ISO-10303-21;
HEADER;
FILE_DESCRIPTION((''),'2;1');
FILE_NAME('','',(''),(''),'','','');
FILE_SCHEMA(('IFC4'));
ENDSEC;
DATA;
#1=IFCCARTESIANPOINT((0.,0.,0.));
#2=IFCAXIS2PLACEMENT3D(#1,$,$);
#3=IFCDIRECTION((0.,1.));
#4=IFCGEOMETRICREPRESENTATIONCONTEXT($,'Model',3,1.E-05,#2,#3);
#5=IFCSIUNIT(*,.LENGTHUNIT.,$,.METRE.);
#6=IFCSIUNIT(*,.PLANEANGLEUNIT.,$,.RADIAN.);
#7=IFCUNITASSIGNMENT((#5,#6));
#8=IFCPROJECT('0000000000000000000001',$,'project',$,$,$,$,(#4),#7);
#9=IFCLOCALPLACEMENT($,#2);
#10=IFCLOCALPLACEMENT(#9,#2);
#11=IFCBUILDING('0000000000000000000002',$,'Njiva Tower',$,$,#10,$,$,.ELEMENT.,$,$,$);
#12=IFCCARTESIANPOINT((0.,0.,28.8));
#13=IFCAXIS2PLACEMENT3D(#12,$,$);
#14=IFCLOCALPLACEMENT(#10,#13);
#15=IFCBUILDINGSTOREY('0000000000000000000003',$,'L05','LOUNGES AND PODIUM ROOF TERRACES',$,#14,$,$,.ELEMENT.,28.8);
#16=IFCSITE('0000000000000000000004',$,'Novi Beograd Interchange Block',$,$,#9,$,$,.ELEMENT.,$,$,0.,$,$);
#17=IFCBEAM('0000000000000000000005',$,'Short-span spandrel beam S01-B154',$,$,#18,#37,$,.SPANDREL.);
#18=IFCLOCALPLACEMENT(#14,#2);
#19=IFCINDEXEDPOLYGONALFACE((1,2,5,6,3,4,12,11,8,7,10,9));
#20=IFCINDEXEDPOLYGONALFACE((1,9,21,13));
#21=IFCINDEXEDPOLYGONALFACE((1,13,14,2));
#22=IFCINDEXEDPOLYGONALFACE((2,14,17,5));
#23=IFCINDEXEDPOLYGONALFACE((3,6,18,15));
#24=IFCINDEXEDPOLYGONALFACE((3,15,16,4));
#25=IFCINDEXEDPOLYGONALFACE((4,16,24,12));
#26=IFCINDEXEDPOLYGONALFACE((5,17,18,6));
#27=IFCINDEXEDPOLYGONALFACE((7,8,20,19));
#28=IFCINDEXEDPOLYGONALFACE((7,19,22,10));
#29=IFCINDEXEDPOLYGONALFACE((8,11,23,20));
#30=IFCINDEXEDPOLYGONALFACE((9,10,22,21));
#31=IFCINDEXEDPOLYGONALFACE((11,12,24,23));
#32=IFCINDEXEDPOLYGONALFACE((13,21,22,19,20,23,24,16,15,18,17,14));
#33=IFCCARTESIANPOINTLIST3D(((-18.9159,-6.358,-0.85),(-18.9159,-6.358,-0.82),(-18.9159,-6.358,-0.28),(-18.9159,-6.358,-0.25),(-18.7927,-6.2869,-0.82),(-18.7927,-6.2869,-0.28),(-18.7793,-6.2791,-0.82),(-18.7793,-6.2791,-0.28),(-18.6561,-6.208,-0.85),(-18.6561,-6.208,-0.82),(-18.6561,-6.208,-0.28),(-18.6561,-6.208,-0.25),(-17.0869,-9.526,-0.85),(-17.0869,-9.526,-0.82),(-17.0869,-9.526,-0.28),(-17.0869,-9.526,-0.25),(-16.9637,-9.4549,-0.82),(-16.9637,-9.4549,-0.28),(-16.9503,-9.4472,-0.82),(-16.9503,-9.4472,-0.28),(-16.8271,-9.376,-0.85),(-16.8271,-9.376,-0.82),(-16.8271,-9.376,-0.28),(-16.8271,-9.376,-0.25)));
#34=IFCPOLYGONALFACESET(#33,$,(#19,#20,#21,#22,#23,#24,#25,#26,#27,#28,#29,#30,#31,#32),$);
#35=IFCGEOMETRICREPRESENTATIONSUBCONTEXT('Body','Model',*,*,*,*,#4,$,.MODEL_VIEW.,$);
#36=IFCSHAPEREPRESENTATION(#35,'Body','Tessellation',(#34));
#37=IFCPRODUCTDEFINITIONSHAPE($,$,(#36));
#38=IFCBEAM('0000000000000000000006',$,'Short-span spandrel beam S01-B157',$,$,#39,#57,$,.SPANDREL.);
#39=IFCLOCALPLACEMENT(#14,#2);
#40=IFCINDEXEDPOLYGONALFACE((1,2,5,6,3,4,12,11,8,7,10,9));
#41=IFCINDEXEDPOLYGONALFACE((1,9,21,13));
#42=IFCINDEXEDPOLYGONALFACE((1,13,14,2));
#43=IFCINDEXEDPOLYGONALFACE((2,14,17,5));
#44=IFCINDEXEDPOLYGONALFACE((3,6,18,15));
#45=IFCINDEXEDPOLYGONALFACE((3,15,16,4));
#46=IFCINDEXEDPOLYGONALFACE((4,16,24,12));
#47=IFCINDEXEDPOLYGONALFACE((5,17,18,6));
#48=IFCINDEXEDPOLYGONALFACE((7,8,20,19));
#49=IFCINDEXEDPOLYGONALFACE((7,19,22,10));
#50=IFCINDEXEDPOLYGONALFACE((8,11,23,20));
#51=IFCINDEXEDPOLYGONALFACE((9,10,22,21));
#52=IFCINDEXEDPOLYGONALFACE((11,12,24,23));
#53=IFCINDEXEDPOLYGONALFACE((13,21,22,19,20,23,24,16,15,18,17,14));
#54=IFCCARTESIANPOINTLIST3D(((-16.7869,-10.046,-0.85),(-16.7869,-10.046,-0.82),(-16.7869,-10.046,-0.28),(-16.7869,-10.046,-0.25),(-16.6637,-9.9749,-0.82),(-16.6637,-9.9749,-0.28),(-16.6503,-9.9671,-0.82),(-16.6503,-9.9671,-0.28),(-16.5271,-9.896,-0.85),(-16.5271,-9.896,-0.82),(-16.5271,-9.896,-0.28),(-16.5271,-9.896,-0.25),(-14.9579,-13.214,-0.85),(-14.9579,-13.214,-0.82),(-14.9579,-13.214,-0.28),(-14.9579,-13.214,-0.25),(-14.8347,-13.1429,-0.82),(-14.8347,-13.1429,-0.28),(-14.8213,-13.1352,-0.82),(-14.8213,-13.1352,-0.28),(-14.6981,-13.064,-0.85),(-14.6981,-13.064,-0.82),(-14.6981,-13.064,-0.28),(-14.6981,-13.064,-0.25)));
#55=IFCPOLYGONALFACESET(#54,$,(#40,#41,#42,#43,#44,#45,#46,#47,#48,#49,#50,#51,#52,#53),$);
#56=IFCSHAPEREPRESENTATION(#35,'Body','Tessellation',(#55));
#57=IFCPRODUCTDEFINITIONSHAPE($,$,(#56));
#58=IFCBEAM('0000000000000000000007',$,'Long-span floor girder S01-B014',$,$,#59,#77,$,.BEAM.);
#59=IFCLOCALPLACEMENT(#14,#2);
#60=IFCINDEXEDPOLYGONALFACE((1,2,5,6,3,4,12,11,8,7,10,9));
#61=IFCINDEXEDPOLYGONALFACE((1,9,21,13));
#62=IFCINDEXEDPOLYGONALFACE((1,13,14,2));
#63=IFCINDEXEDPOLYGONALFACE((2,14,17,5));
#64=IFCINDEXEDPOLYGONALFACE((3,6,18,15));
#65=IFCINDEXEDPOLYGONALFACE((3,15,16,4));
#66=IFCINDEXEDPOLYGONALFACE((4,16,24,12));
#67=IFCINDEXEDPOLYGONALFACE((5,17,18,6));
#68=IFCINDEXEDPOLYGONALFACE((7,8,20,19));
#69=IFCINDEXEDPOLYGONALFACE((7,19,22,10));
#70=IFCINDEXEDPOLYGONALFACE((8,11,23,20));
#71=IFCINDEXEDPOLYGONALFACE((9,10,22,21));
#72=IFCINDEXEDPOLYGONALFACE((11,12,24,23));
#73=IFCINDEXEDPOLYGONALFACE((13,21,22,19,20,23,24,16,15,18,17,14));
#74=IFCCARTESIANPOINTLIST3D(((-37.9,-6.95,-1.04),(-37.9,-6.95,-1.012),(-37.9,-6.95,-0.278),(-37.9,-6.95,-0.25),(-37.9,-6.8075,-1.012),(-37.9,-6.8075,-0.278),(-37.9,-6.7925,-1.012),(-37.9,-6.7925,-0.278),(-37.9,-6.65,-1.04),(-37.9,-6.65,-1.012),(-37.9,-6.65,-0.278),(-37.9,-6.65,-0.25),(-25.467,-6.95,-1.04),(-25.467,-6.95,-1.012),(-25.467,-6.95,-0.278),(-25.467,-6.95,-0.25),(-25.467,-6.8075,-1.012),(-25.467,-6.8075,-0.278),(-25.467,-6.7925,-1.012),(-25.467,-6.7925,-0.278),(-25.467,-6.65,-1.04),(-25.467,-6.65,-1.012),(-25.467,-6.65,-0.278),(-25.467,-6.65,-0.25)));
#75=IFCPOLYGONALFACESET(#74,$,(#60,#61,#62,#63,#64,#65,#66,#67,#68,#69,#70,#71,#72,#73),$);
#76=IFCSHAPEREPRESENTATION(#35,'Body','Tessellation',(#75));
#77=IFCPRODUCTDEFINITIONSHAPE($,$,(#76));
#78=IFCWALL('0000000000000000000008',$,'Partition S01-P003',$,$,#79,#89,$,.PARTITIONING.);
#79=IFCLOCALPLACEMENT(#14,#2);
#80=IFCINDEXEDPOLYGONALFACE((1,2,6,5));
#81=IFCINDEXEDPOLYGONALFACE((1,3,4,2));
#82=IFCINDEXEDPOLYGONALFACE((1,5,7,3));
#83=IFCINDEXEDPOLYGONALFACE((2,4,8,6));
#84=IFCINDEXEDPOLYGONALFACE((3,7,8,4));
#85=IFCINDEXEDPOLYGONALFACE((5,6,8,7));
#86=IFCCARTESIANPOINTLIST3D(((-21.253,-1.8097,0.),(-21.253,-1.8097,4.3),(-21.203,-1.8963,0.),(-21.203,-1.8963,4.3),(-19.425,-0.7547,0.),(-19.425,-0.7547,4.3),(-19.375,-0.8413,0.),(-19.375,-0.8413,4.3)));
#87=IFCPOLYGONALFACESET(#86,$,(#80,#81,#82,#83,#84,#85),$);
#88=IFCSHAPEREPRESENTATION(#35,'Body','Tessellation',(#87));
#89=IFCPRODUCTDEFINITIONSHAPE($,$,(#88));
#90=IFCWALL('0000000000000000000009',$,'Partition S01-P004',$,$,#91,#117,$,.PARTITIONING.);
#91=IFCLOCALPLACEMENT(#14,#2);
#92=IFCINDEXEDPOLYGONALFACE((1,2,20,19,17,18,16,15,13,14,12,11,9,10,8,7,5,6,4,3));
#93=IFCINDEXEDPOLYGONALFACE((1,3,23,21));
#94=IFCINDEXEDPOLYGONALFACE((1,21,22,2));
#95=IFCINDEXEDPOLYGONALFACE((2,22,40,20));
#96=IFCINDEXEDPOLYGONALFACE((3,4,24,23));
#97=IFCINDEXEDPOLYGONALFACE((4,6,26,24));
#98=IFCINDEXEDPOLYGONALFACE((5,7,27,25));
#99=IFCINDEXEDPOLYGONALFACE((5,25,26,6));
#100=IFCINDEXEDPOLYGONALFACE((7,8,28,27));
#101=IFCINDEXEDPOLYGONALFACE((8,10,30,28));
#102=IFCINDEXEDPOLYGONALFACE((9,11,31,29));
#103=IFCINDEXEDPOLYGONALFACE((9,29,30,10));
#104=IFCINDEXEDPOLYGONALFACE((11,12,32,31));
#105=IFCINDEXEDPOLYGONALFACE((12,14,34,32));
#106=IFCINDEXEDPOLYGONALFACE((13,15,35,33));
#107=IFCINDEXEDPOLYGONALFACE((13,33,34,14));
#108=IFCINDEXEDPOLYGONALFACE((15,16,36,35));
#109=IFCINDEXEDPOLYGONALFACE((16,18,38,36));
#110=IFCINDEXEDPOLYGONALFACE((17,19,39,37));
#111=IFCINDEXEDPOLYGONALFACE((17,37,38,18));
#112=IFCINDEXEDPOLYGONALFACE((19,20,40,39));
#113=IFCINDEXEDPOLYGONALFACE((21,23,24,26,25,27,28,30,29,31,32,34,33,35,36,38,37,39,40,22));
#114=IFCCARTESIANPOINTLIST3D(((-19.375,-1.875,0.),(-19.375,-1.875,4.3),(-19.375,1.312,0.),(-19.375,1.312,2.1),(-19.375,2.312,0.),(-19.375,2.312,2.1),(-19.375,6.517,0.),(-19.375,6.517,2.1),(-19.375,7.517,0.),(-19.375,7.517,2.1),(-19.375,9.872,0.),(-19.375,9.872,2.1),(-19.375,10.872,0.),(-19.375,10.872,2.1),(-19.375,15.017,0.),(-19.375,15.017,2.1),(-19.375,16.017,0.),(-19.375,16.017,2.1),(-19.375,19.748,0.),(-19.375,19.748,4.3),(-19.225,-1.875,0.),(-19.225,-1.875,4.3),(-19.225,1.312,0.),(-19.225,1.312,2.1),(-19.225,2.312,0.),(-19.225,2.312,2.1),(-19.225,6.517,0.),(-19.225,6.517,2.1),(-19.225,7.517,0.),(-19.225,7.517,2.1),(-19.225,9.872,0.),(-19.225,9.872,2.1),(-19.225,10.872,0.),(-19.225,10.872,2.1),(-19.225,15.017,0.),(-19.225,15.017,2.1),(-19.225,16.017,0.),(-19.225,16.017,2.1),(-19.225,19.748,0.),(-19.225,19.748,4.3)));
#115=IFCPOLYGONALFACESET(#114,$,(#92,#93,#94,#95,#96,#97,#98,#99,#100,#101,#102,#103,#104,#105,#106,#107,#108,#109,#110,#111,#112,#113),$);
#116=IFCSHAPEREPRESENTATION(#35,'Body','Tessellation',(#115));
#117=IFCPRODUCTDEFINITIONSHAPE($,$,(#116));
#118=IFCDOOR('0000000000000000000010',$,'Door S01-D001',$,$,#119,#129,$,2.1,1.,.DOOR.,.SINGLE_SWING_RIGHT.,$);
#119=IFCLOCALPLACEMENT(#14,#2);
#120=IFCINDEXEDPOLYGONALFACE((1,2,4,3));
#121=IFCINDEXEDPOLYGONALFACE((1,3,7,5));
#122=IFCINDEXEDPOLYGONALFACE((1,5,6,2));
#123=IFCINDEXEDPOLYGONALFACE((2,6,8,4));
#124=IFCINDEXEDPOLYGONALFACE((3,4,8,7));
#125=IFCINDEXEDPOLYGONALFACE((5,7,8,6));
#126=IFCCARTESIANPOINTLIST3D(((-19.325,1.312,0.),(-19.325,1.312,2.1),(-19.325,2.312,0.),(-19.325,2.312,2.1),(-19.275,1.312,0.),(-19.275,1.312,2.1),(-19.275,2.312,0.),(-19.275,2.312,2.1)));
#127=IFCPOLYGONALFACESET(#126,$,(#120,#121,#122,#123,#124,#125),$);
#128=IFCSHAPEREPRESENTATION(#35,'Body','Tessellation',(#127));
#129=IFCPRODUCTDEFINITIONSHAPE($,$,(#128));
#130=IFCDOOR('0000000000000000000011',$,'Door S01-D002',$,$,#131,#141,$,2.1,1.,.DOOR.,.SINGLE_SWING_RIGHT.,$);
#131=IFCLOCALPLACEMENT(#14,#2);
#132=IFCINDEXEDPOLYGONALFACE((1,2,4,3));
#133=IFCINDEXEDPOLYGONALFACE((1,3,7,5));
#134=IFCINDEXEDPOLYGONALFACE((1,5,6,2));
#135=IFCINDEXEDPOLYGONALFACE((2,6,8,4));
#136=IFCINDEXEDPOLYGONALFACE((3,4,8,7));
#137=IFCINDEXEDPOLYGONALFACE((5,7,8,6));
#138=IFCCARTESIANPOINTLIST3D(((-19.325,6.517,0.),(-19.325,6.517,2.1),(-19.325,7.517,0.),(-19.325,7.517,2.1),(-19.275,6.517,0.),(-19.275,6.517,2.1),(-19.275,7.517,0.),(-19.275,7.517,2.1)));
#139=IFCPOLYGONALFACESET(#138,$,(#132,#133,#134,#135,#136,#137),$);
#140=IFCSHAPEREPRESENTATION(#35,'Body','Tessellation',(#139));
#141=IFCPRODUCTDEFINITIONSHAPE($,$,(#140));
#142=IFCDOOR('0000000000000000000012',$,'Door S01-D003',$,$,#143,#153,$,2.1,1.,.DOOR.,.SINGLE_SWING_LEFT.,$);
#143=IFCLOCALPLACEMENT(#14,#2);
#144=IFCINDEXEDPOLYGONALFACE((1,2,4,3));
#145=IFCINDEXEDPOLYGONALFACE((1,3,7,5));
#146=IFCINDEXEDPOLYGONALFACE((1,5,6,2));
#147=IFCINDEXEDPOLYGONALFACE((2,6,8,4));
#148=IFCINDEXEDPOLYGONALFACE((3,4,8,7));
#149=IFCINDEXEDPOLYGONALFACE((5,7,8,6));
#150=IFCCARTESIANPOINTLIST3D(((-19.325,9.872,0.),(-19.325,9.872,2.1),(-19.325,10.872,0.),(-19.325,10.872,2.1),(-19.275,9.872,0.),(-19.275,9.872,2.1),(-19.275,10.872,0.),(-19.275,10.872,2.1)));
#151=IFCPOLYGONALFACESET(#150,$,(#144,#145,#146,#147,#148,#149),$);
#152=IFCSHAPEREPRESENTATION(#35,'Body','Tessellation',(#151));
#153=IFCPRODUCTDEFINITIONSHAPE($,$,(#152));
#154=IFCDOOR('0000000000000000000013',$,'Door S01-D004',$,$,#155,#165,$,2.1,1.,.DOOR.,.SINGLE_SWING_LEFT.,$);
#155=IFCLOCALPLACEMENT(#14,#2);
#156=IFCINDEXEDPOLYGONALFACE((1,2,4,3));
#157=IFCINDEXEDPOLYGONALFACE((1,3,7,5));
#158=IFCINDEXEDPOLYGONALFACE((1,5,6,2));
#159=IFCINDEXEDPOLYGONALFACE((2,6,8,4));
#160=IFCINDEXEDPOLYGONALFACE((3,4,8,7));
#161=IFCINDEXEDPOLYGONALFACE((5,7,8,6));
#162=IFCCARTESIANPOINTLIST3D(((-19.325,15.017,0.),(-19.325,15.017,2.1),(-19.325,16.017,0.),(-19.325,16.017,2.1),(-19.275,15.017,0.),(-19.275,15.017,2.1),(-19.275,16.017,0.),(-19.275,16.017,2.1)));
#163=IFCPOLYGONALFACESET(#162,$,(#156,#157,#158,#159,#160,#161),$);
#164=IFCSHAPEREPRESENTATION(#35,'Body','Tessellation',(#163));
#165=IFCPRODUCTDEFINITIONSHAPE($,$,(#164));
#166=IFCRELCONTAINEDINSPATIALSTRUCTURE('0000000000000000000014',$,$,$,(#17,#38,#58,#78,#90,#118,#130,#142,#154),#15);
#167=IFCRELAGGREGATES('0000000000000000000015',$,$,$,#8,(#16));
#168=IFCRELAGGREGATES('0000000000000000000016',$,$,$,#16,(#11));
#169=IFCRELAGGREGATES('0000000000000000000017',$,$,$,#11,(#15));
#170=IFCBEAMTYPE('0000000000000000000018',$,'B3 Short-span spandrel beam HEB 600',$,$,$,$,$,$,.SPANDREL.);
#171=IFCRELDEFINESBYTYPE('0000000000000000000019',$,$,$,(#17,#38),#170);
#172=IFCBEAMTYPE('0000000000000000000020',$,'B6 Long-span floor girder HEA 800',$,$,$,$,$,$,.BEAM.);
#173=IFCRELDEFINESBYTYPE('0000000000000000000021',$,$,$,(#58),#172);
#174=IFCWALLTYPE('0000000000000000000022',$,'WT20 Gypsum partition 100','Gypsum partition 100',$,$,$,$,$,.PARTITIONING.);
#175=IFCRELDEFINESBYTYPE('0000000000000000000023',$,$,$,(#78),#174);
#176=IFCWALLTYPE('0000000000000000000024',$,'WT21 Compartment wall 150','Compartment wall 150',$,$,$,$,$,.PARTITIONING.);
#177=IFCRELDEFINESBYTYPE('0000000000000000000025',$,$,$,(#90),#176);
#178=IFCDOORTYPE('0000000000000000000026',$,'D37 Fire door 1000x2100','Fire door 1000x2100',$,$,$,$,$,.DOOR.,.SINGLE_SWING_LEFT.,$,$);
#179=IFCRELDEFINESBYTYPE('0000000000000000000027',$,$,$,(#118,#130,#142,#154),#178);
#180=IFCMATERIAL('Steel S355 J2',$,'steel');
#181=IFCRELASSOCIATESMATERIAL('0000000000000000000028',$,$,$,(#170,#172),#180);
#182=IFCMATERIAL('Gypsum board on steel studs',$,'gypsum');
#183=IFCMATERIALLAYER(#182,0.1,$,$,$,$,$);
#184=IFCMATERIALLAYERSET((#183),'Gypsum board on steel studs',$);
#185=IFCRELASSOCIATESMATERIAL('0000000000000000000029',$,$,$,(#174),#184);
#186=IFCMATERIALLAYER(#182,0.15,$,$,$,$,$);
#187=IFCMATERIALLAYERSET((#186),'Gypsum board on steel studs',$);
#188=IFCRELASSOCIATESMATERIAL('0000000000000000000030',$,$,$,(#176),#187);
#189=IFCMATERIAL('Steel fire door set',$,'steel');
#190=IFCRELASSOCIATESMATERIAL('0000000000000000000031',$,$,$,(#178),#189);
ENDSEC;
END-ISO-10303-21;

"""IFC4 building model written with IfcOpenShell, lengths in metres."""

from ifc_helpers import new_model, si_unit, direction, frame, frame_2d, origin, origin_2d, place, context, subcontext, project, spatial, rectangle, i_section, extrude, material, layer, layer_set, material_profile, profile_set, type_object, element, fill, save


model = new_model("IFC4")

# Units and contexts
model_context = context("Model", 3, precision=1e-05, world=origin(), true_north=direction((0.0, 1.0)))
body_context = subcontext(model_context, "Body", "Model", "MODEL_VIEW")
ifc_project = project(units=[si_unit("LENGTHUNIT", "METRE"), si_unit("PLANEANGLEUNIT", "RADIAN")], contexts=[model_context])

# Site, building, storey
site_placement = place(None, origin())
site = spatial("IfcSite", under=ifc_project, at=site_placement, Name="Novi Beograd Interchange Block", CompositionType="ELEMENT", RefElevation=0.0)
building_placement = place(site_placement, origin())
building = spatial("IfcBuilding", under=site, at=building_placement, Name="Njiva Tower", CompositionType="ELEMENT")
storey_placement = place(building_placement, frame((0.0, 0.0, 28.8)))
storey = spatial("IfcBuildingStorey", under=building, at=storey_placement, Name="L05", Description="LOUNGES AND PODIUM ROOF TERRACES", CompositionType="ELEMENT", Elevation=28.8)

# Shared definitions
ifc_material_1 = material(Name="Steel S355 J2", Category="steel")

# Beams
ifc_material_profile_1 = material_profile(ifc_material_1, i_section(OverallWidth=0.3, OverallDepth=0.6, WebThickness=0.0155, FlangeThickness=0.03, at=origin_2d()), Name="HEB 600")
ifc_profile_set_1 = profile_set([ifc_material_profile_1], Name="Steel S355 J2")
beam_type_1 = type_object("IfcBeamType", Name="B3 Short-span spandrel beam HEB 600", PredefinedType="SPANDREL", material=ifc_profile_set_1)
for number, where, z_axis, x_axis, name in (
    (1, (-18.786, -6.283, -0.55), (0.499991, -0.866031, 0.0), (0.866031, 0.499991, 0.0), "Short-span spandrel beam S01-B154"),
    (2, (-16.657, -9.971, -0.55), (0.499991, -0.866031, 0.0), (0.866031, 0.499991, 0.0), "Short-span spandrel beam S01-B157"),
):
    element("IfcBeam", number, at=place(storey_placement, frame(where, z_axis=z_axis, x_axis=x_axis)), inside=storey, type_object=beam_type_1, Name=name, PredefinedType="SPANDREL", context=body_context, shape_type="SweptSolid", body=[
        extrude(i_section(OverallWidth=0.3, OverallDepth=0.6, WebThickness=0.0155, FlangeThickness=0.03, at=origin_2d()), origin(), (0.0, 0.0, 1.0), 3.6581),
    ])
ifc_material_profile_2 = material_profile(ifc_material_1, i_section(OverallWidth=0.3, OverallDepth=0.79, WebThickness=0.015, FlangeThickness=0.028, at=origin_2d()), Name="HEA 800")
ifc_profile_set_2 = profile_set([ifc_material_profile_2], Name="Steel S355 J2")
beam_type_2 = type_object("IfcBeamType", Name="B6 Long-span floor girder HEA 800", PredefinedType="BEAM", material=ifc_profile_set_2)
beam_1_placement = place(storey_placement, frame((-37.9, -6.8, -0.645), z_axis=(1.0, 0.0, 0.0), x_axis=(0.0, 1.0, 0.0)))
element("IfcBeam", 3, at=beam_1_placement, inside=storey, type_object=beam_type_2, Name="Long-span floor girder S01-B014", PredefinedType="BEAM", context=body_context, shape_type="SweptSolid", body=[
    extrude(i_section(OverallWidth=0.3, OverallDepth=0.79, WebThickness=0.015, FlangeThickness=0.028, at=origin_2d()), origin(), (0.0, 0.0, 1.0), 12.433),
])

# Wall
ifc_material_2 = material(Name="Gypsum board on steel studs", Category="gypsum")
ifc_layer_1 = layer(ifc_material_2, 0.1)
ifc_layer_set_1 = layer_set([ifc_layer_1], Name="Gypsum board on steel studs")
wall_type_1 = type_object("IfcWallType", Name="WT20 Gypsum partition 100", Description="Gypsum partition 100", PredefinedType="PARTITIONING", material=ifc_layer_set_1)
wall_1_placement = place(storey_placement, frame((-21.228, -1.853, 0.0), z_axis=(0.0, 0.0, 1.0), x_axis=(0.866107, 0.499859, 0.0)))
element("IfcWall", 4, at=wall_1_placement, inside=storey, type_object=wall_type_1, Name="Partition S01-P003", PredefinedType="PARTITIONING", context=body_context, shape_type="SweptSolid", body=[
    extrude(rectangle(XDim=2.1106, YDim=0.1, at=frame_2d((1.0553, 0.0))), origin(), (0.0, 0.0, 1.0), 4.3),
])

# Wall, openings, doors
ifc_layer_2 = layer(ifc_material_2, 0.15)
ifc_layer_set_2 = layer_set([ifc_layer_2], Name="Gypsum board on steel studs")
wall_type_2 = type_object("IfcWallType", Name="WT21 Compartment wall 150", Description="Compartment wall 150", PredefinedType="PARTITIONING", material=ifc_layer_set_2)
wall_2_placement = place(storey_placement, frame((-19.3, -1.875, 0.0), z_axis=(0.0, 0.0, 1.0), x_axis=(0.0, 1.0, 0.0)))
wall_2 = element("IfcWall", 5, at=wall_2_placement, inside=storey, type_object=wall_type_2, Name="Partition S01-P004", PredefinedType="PARTITIONING", context=body_context, shape_type="SweptSolid", body=[
    extrude(rectangle(XDim=21.623, YDim=0.15, at=frame_2d((10.8115, 0.0))), origin(), (0.0, 0.0, 1.0), 4.3),
])
opening_1_placement = place(wall_2_placement, frame((3.187, 0.0, 0.0)))
opening_1 = element("IfcOpeningElement", 6, at=opening_1_placement, cuts=wall_2, PredefinedType="OPENING", context=body_context, shape_type="SweptSolid", body=[
    extrude(rectangle(XDim=1.0, YDim=2.1, at=frame_2d((0.5, 1.05))), frame((0.0, 0.085, 0.0), z_axis=(0.0, -1.0, 0.0), x_axis=(1.0, 0.0, 0.0)), (0.0, 0.0, 1.0), 0.17),
])
opening_2_placement = place(wall_2_placement, frame((8.392, 0.0, 0.0)))
opening_2 = element("IfcOpeningElement", 7, at=opening_2_placement, cuts=wall_2, PredefinedType="OPENING", context=body_context, shape_type="SweptSolid", body=[
    extrude(rectangle(XDim=1.0, YDim=2.1, at=frame_2d((0.5, 1.05))), frame((0.0, 0.085, 0.0), z_axis=(0.0, -1.0, 0.0), x_axis=(1.0, 0.0, 0.0)), (0.0, 0.0, 1.0), 0.17),
])
opening_3_placement = place(wall_2_placement, frame((11.747, 0.0, 0.0)))
opening_3 = element("IfcOpeningElement", 8, at=opening_3_placement, cuts=wall_2, PredefinedType="OPENING", context=body_context, shape_type="SweptSolid", body=[
    extrude(rectangle(XDim=1.0, YDim=2.1, at=frame_2d((0.5, 1.05))), frame((0.0, 0.085, 0.0), z_axis=(0.0, -1.0, 0.0), x_axis=(1.0, 0.0, 0.0)), (0.0, 0.0, 1.0), 0.17),
])
opening_4_placement = place(wall_2_placement, frame((16.892, 0.0, 0.0)))
opening_4 = element("IfcOpeningElement", 9, at=opening_4_placement, cuts=wall_2, PredefinedType="OPENING", context=body_context, shape_type="SweptSolid", body=[
    extrude(rectangle(XDim=1.0, YDim=2.1, at=frame_2d((0.5, 1.05))), frame((0.0, 0.085, 0.0), z_axis=(0.0, -1.0, 0.0), x_axis=(1.0, 0.0, 0.0)), (0.0, 0.0, 1.0), 0.17),
])
ifc_material_3 = material(Name="Steel fire door set", Category="steel")
door_type = type_object("IfcDoorType", Name="D37 Fire door 1000x2100", Description="Fire door 1000x2100", OperationType="SINGLE_SWING_LEFT", PredefinedType="DOOR", material=ifc_material_3)
door_1_placement = place(opening_1_placement, origin())
door_1 = element("IfcDoor", 10, at=door_1_placement, inside=storey, type_object=door_type, Name="Door S01-D001", OperationType="SINGLE_SWING_RIGHT", OverallHeight=2.1, OverallWidth=1.0, PredefinedType="DOOR", context=body_context, shape_type="SweptSolid", body=[
    extrude(rectangle(XDim=1.0, YDim=2.1, at=frame_2d((0.5, 1.05))), frame((0.0, 0.025, 0.0), z_axis=(0.0, -1.0, 0.0), x_axis=(1.0, 0.0, 0.0)), (0.0, 0.0, 1.0), 0.05),
])
fill(opening_1, door_1)
door_2_placement = place(opening_2_placement, origin())
door_2 = element("IfcDoor", 11, at=door_2_placement, inside=storey, type_object=door_type, Name="Door S01-D002", OperationType="SINGLE_SWING_RIGHT", OverallHeight=2.1, OverallWidth=1.0, PredefinedType="DOOR", context=body_context, shape_type="SweptSolid", body=[
    extrude(rectangle(XDim=1.0, YDim=2.1, at=frame_2d((0.5, 1.05))), frame((0.0, 0.025, 0.0), z_axis=(0.0, -1.0, 0.0), x_axis=(1.0, 0.0, 0.0)), (0.0, 0.0, 1.0), 0.05),
])
fill(opening_2, door_2)
door_3_placement = place(opening_3_placement, origin())
door_3 = element("IfcDoor", 12, at=door_3_placement, inside=storey, type_object=door_type, Name="Door S01-D003", OperationType="SINGLE_SWING_LEFT", OverallHeight=2.1, OverallWidth=1.0, PredefinedType="DOOR", context=body_context, shape_type="SweptSolid", body=[
    extrude(rectangle(XDim=1.0, YDim=2.1, at=frame_2d((0.5, 1.05))), frame((0.0, 0.025, 0.0), z_axis=(0.0, -1.0, 0.0), x_axis=(1.0, 0.0, 0.0)), (0.0, 0.0, 1.0), 0.05),
])
fill(opening_3, door_3)
door_4_placement = place(opening_4_placement, origin())
door_4 = element("IfcDoor", 13, at=door_4_placement, inside=storey, type_object=door_type, Name="Door S01-D004", OperationType="SINGLE_SWING_LEFT", OverallHeight=2.1, OverallWidth=1.0, PredefinedType="DOOR", context=body_context, shape_type="SweptSolid", body=[
    extrude(rectangle(XDim=1.0, YDim=2.1, at=frame_2d((0.5, 1.05))), frame((0.0, 0.025, 0.0), z_axis=(0.0, -1.0, 0.0), x_axis=(1.0, 0.0, 0.0)), (0.0, 0.0, 1.0), 0.05),
])
fill(opening_4, door_4)

save(model, "model.ifc")
